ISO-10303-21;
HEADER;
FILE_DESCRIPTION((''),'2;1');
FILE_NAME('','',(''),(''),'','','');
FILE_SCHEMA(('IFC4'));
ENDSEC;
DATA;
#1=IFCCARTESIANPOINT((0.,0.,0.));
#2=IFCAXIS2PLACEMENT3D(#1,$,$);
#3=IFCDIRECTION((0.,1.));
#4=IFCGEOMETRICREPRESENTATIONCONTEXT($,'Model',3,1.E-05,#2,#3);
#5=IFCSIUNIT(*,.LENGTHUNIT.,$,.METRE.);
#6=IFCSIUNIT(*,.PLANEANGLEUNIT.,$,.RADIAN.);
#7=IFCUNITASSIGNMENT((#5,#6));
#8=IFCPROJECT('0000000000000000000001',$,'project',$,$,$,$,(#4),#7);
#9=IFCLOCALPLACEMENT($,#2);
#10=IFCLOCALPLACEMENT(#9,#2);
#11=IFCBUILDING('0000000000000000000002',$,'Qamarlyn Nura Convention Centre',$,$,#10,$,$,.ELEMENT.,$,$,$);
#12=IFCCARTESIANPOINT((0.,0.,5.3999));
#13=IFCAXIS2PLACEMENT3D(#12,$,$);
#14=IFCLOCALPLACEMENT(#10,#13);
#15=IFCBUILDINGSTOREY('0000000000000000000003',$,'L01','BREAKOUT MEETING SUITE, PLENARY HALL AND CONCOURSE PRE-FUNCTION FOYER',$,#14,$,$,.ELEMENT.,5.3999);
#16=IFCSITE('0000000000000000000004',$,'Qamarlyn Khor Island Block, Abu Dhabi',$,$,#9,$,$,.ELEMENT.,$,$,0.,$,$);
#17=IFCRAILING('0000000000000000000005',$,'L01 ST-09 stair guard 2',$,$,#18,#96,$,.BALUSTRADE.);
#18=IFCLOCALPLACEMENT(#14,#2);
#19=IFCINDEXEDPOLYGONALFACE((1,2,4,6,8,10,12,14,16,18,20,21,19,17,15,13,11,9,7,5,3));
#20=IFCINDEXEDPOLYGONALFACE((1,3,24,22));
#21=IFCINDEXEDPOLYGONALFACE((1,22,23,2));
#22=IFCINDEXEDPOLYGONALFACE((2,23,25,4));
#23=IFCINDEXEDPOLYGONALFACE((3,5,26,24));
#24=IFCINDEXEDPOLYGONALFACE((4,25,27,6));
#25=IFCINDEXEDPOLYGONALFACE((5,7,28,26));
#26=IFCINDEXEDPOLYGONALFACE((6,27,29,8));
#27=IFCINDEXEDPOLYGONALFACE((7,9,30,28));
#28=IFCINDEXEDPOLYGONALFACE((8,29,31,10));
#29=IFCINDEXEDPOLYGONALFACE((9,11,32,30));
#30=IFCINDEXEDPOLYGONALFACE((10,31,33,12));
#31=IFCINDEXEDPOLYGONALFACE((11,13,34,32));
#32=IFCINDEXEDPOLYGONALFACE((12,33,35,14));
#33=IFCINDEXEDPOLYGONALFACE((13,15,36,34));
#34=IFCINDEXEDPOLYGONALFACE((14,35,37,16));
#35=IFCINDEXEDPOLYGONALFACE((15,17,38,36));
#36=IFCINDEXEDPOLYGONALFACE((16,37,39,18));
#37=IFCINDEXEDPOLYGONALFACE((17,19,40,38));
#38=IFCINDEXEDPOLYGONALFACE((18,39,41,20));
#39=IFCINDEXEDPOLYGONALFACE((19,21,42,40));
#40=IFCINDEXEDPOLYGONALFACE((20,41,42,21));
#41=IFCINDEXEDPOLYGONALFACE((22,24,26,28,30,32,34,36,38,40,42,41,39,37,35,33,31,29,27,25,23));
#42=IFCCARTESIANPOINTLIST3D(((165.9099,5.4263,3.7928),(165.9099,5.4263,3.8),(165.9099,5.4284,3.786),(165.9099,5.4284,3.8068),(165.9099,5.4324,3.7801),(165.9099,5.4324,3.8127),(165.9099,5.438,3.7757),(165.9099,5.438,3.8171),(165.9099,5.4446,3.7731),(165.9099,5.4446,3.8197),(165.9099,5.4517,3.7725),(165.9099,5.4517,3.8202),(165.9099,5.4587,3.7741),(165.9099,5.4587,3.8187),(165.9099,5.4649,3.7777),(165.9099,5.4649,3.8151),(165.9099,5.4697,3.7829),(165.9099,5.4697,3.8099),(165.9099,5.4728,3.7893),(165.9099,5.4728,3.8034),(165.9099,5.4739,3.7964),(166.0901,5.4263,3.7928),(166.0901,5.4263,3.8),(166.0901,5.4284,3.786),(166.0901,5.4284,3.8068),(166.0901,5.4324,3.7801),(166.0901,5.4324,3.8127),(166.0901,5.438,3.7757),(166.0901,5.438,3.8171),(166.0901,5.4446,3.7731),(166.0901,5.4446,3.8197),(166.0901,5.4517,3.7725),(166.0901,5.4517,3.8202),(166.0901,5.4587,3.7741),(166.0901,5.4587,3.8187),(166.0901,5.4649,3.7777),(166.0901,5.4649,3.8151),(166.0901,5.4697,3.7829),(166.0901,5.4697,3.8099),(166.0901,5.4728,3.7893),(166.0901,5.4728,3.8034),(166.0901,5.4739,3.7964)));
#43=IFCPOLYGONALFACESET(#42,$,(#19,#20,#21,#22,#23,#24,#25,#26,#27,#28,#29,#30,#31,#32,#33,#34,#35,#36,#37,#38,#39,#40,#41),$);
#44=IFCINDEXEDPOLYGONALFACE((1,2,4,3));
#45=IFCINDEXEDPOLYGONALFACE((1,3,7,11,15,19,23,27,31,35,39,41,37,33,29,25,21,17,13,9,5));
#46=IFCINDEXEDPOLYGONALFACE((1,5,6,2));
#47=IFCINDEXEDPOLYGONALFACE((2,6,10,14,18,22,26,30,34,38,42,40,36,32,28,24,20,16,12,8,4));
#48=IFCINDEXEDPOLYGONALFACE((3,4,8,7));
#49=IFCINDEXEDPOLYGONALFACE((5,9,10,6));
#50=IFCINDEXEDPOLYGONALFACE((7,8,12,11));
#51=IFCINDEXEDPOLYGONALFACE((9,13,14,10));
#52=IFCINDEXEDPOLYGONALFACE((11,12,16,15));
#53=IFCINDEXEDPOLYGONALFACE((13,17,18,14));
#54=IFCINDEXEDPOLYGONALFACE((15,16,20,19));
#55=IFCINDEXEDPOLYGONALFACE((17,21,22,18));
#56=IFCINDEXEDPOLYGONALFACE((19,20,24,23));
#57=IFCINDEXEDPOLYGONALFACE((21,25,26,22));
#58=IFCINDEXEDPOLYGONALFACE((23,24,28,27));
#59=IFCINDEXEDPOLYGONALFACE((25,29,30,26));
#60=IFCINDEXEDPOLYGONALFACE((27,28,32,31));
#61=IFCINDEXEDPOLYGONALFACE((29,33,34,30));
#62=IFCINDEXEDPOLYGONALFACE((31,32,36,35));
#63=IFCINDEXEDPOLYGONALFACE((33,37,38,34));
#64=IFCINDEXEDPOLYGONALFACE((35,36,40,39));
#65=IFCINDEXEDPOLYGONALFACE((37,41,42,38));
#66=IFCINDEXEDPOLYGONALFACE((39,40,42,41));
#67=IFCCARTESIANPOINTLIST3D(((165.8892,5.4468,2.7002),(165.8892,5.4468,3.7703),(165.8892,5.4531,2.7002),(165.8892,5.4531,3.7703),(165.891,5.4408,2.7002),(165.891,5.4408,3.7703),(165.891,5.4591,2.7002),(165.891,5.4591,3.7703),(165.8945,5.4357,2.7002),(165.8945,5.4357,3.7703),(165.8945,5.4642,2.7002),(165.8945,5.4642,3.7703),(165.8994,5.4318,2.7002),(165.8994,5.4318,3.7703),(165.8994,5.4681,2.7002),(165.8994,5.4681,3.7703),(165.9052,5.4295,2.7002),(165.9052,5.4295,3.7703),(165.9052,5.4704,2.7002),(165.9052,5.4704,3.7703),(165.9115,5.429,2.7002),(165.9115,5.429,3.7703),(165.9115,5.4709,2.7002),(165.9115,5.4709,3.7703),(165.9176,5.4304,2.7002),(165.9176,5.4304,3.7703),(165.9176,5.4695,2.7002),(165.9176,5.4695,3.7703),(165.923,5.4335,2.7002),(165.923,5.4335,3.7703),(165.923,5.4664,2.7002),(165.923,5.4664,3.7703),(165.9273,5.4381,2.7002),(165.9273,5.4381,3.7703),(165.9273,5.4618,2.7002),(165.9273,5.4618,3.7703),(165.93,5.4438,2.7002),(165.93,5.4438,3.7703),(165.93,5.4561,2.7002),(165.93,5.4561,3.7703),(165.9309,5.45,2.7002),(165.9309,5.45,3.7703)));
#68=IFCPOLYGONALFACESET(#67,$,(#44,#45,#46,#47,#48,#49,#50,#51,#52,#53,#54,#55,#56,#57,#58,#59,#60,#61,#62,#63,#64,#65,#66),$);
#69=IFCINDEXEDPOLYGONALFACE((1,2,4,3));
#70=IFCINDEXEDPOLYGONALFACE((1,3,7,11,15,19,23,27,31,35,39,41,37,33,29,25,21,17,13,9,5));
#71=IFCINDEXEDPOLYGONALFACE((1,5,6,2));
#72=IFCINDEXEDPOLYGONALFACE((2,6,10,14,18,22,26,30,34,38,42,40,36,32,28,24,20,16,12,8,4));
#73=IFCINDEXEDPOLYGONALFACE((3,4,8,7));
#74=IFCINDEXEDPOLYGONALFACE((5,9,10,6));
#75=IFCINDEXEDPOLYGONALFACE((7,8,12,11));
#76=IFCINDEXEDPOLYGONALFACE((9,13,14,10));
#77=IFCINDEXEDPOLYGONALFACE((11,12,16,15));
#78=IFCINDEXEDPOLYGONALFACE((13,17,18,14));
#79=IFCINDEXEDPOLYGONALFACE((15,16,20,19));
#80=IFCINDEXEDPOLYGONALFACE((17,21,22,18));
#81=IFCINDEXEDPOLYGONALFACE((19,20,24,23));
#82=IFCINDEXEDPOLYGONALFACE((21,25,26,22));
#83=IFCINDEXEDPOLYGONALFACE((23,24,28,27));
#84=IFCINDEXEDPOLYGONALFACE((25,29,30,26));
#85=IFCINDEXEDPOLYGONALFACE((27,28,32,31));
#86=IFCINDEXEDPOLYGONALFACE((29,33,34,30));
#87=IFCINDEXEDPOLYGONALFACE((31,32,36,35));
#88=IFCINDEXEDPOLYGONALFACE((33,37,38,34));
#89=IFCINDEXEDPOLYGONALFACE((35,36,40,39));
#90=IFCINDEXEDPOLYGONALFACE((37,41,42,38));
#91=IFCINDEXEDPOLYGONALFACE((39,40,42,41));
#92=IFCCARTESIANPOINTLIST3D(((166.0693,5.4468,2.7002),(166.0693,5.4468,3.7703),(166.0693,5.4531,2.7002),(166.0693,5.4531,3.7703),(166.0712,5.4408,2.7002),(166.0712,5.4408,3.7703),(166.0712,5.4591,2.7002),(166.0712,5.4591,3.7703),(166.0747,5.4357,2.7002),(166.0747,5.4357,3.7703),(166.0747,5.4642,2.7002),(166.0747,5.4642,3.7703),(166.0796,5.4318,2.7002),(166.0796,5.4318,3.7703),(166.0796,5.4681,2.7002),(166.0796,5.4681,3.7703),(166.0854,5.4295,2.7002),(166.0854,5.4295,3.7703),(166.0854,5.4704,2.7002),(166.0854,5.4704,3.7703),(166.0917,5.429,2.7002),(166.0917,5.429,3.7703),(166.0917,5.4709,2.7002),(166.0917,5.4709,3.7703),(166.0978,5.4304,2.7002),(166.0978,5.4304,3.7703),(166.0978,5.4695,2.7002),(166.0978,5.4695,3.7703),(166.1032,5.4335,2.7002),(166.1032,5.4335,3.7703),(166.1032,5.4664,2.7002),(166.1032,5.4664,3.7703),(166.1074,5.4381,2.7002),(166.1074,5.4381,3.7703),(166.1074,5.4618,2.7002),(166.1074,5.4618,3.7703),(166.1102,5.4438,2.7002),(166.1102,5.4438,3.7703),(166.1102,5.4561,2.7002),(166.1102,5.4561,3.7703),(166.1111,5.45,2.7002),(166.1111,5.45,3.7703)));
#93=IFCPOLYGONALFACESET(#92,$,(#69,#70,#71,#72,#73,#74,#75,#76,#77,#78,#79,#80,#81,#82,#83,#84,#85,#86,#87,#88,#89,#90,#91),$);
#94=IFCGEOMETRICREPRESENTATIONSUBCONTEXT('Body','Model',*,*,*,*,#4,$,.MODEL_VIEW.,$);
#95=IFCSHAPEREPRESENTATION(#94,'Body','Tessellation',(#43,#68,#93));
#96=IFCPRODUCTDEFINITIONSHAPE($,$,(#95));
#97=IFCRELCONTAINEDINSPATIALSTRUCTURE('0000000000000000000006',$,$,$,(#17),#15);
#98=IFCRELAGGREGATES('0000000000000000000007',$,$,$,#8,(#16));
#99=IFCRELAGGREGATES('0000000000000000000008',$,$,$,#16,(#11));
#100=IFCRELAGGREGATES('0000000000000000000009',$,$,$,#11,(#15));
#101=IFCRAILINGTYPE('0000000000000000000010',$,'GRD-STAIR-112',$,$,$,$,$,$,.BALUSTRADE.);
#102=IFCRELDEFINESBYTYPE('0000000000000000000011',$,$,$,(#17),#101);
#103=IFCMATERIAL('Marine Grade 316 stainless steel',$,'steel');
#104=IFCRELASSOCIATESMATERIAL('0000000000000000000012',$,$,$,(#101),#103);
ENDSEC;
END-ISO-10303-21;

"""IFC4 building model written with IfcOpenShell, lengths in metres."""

from ifc_helpers import new_model, si_unit, direction, frame, origin, origin_2d, place, context, subcontext, project, spatial, circle, extrude, material, type_object, element, save


model = new_model("IFC4")

# Units and contexts
model_context = context("Model", 3, precision=1e-05, world=origin(), true_north=direction((0.0, 1.0)))
body_context = subcontext(model_context, "Body", "Model", "MODEL_VIEW")
ifc_project = project(units=[si_unit("LENGTHUNIT", "METRE"), si_unit("PLANEANGLEUNIT", "RADIAN")], contexts=[model_context])

# Site, building, storey
site_placement = place(None, origin())
site = spatial("IfcSite", under=ifc_project, at=site_placement, Name="Qamarlyn Khor Island Block, Abu Dhabi", CompositionType="ELEMENT", RefElevation=0.0)
building_placement = place(site_placement, origin())
building = spatial("IfcBuilding", under=site, at=building_placement, Name="Qamarlyn Nura Convention Centre", CompositionType="ELEMENT")
storey_placement = place(building_placement, frame((0.0, 0.0, 5.3999)))
storey = spatial("IfcBuildingStorey", under=building, at=storey_placement, Name="L01", Description="BREAKOUT MEETING SUITE, PLENARY HALL AND CONCOURSE PRE-FUNCTION FOYER", CompositionType="ELEMENT", Elevation=5.3999)

# Shared definitions
ifc_material_1 = material(Name="Marine Grade 316 stainless steel", Category="steel")

# Railing
railing_type_1 = type_object("IfcRailingType", Name="GRD-STAIR-112", PredefinedType="BALUSTRADE", material=ifc_material_1)
railing_1_placement = place(storey_placement, frame((165.9099, 5.45, 2.7002)))
element("IfcRailing", 1, at=railing_1_placement, inside=storey, type_object=railing_type_1, Name="L01 ST-09 stair guard 2", PredefinedType="BALUSTRADE", context=body_context, shape_type="SweptSolid", body=[
    extrude(circle(Radius=0.0239, at=origin_2d()), frame((0.0, 0.0, 1.0962), z_axis=(1.0, 0.0, 0.0), x_axis=(0.0, 1.0, 0.0)), (0.0, 0.0, 1.0), 0.1802),
    extrude(circle(Radius=0.021, at=origin_2d()), origin(), (0.0, 0.0, 1.0), 1.0701),
    extrude(circle(Radius=0.021, at=origin_2d()), frame((0.1802, 0.0, 0.0)), (0.0, 0.0, 1.0), 1.0701),
])

save(model, "model.ifc")
